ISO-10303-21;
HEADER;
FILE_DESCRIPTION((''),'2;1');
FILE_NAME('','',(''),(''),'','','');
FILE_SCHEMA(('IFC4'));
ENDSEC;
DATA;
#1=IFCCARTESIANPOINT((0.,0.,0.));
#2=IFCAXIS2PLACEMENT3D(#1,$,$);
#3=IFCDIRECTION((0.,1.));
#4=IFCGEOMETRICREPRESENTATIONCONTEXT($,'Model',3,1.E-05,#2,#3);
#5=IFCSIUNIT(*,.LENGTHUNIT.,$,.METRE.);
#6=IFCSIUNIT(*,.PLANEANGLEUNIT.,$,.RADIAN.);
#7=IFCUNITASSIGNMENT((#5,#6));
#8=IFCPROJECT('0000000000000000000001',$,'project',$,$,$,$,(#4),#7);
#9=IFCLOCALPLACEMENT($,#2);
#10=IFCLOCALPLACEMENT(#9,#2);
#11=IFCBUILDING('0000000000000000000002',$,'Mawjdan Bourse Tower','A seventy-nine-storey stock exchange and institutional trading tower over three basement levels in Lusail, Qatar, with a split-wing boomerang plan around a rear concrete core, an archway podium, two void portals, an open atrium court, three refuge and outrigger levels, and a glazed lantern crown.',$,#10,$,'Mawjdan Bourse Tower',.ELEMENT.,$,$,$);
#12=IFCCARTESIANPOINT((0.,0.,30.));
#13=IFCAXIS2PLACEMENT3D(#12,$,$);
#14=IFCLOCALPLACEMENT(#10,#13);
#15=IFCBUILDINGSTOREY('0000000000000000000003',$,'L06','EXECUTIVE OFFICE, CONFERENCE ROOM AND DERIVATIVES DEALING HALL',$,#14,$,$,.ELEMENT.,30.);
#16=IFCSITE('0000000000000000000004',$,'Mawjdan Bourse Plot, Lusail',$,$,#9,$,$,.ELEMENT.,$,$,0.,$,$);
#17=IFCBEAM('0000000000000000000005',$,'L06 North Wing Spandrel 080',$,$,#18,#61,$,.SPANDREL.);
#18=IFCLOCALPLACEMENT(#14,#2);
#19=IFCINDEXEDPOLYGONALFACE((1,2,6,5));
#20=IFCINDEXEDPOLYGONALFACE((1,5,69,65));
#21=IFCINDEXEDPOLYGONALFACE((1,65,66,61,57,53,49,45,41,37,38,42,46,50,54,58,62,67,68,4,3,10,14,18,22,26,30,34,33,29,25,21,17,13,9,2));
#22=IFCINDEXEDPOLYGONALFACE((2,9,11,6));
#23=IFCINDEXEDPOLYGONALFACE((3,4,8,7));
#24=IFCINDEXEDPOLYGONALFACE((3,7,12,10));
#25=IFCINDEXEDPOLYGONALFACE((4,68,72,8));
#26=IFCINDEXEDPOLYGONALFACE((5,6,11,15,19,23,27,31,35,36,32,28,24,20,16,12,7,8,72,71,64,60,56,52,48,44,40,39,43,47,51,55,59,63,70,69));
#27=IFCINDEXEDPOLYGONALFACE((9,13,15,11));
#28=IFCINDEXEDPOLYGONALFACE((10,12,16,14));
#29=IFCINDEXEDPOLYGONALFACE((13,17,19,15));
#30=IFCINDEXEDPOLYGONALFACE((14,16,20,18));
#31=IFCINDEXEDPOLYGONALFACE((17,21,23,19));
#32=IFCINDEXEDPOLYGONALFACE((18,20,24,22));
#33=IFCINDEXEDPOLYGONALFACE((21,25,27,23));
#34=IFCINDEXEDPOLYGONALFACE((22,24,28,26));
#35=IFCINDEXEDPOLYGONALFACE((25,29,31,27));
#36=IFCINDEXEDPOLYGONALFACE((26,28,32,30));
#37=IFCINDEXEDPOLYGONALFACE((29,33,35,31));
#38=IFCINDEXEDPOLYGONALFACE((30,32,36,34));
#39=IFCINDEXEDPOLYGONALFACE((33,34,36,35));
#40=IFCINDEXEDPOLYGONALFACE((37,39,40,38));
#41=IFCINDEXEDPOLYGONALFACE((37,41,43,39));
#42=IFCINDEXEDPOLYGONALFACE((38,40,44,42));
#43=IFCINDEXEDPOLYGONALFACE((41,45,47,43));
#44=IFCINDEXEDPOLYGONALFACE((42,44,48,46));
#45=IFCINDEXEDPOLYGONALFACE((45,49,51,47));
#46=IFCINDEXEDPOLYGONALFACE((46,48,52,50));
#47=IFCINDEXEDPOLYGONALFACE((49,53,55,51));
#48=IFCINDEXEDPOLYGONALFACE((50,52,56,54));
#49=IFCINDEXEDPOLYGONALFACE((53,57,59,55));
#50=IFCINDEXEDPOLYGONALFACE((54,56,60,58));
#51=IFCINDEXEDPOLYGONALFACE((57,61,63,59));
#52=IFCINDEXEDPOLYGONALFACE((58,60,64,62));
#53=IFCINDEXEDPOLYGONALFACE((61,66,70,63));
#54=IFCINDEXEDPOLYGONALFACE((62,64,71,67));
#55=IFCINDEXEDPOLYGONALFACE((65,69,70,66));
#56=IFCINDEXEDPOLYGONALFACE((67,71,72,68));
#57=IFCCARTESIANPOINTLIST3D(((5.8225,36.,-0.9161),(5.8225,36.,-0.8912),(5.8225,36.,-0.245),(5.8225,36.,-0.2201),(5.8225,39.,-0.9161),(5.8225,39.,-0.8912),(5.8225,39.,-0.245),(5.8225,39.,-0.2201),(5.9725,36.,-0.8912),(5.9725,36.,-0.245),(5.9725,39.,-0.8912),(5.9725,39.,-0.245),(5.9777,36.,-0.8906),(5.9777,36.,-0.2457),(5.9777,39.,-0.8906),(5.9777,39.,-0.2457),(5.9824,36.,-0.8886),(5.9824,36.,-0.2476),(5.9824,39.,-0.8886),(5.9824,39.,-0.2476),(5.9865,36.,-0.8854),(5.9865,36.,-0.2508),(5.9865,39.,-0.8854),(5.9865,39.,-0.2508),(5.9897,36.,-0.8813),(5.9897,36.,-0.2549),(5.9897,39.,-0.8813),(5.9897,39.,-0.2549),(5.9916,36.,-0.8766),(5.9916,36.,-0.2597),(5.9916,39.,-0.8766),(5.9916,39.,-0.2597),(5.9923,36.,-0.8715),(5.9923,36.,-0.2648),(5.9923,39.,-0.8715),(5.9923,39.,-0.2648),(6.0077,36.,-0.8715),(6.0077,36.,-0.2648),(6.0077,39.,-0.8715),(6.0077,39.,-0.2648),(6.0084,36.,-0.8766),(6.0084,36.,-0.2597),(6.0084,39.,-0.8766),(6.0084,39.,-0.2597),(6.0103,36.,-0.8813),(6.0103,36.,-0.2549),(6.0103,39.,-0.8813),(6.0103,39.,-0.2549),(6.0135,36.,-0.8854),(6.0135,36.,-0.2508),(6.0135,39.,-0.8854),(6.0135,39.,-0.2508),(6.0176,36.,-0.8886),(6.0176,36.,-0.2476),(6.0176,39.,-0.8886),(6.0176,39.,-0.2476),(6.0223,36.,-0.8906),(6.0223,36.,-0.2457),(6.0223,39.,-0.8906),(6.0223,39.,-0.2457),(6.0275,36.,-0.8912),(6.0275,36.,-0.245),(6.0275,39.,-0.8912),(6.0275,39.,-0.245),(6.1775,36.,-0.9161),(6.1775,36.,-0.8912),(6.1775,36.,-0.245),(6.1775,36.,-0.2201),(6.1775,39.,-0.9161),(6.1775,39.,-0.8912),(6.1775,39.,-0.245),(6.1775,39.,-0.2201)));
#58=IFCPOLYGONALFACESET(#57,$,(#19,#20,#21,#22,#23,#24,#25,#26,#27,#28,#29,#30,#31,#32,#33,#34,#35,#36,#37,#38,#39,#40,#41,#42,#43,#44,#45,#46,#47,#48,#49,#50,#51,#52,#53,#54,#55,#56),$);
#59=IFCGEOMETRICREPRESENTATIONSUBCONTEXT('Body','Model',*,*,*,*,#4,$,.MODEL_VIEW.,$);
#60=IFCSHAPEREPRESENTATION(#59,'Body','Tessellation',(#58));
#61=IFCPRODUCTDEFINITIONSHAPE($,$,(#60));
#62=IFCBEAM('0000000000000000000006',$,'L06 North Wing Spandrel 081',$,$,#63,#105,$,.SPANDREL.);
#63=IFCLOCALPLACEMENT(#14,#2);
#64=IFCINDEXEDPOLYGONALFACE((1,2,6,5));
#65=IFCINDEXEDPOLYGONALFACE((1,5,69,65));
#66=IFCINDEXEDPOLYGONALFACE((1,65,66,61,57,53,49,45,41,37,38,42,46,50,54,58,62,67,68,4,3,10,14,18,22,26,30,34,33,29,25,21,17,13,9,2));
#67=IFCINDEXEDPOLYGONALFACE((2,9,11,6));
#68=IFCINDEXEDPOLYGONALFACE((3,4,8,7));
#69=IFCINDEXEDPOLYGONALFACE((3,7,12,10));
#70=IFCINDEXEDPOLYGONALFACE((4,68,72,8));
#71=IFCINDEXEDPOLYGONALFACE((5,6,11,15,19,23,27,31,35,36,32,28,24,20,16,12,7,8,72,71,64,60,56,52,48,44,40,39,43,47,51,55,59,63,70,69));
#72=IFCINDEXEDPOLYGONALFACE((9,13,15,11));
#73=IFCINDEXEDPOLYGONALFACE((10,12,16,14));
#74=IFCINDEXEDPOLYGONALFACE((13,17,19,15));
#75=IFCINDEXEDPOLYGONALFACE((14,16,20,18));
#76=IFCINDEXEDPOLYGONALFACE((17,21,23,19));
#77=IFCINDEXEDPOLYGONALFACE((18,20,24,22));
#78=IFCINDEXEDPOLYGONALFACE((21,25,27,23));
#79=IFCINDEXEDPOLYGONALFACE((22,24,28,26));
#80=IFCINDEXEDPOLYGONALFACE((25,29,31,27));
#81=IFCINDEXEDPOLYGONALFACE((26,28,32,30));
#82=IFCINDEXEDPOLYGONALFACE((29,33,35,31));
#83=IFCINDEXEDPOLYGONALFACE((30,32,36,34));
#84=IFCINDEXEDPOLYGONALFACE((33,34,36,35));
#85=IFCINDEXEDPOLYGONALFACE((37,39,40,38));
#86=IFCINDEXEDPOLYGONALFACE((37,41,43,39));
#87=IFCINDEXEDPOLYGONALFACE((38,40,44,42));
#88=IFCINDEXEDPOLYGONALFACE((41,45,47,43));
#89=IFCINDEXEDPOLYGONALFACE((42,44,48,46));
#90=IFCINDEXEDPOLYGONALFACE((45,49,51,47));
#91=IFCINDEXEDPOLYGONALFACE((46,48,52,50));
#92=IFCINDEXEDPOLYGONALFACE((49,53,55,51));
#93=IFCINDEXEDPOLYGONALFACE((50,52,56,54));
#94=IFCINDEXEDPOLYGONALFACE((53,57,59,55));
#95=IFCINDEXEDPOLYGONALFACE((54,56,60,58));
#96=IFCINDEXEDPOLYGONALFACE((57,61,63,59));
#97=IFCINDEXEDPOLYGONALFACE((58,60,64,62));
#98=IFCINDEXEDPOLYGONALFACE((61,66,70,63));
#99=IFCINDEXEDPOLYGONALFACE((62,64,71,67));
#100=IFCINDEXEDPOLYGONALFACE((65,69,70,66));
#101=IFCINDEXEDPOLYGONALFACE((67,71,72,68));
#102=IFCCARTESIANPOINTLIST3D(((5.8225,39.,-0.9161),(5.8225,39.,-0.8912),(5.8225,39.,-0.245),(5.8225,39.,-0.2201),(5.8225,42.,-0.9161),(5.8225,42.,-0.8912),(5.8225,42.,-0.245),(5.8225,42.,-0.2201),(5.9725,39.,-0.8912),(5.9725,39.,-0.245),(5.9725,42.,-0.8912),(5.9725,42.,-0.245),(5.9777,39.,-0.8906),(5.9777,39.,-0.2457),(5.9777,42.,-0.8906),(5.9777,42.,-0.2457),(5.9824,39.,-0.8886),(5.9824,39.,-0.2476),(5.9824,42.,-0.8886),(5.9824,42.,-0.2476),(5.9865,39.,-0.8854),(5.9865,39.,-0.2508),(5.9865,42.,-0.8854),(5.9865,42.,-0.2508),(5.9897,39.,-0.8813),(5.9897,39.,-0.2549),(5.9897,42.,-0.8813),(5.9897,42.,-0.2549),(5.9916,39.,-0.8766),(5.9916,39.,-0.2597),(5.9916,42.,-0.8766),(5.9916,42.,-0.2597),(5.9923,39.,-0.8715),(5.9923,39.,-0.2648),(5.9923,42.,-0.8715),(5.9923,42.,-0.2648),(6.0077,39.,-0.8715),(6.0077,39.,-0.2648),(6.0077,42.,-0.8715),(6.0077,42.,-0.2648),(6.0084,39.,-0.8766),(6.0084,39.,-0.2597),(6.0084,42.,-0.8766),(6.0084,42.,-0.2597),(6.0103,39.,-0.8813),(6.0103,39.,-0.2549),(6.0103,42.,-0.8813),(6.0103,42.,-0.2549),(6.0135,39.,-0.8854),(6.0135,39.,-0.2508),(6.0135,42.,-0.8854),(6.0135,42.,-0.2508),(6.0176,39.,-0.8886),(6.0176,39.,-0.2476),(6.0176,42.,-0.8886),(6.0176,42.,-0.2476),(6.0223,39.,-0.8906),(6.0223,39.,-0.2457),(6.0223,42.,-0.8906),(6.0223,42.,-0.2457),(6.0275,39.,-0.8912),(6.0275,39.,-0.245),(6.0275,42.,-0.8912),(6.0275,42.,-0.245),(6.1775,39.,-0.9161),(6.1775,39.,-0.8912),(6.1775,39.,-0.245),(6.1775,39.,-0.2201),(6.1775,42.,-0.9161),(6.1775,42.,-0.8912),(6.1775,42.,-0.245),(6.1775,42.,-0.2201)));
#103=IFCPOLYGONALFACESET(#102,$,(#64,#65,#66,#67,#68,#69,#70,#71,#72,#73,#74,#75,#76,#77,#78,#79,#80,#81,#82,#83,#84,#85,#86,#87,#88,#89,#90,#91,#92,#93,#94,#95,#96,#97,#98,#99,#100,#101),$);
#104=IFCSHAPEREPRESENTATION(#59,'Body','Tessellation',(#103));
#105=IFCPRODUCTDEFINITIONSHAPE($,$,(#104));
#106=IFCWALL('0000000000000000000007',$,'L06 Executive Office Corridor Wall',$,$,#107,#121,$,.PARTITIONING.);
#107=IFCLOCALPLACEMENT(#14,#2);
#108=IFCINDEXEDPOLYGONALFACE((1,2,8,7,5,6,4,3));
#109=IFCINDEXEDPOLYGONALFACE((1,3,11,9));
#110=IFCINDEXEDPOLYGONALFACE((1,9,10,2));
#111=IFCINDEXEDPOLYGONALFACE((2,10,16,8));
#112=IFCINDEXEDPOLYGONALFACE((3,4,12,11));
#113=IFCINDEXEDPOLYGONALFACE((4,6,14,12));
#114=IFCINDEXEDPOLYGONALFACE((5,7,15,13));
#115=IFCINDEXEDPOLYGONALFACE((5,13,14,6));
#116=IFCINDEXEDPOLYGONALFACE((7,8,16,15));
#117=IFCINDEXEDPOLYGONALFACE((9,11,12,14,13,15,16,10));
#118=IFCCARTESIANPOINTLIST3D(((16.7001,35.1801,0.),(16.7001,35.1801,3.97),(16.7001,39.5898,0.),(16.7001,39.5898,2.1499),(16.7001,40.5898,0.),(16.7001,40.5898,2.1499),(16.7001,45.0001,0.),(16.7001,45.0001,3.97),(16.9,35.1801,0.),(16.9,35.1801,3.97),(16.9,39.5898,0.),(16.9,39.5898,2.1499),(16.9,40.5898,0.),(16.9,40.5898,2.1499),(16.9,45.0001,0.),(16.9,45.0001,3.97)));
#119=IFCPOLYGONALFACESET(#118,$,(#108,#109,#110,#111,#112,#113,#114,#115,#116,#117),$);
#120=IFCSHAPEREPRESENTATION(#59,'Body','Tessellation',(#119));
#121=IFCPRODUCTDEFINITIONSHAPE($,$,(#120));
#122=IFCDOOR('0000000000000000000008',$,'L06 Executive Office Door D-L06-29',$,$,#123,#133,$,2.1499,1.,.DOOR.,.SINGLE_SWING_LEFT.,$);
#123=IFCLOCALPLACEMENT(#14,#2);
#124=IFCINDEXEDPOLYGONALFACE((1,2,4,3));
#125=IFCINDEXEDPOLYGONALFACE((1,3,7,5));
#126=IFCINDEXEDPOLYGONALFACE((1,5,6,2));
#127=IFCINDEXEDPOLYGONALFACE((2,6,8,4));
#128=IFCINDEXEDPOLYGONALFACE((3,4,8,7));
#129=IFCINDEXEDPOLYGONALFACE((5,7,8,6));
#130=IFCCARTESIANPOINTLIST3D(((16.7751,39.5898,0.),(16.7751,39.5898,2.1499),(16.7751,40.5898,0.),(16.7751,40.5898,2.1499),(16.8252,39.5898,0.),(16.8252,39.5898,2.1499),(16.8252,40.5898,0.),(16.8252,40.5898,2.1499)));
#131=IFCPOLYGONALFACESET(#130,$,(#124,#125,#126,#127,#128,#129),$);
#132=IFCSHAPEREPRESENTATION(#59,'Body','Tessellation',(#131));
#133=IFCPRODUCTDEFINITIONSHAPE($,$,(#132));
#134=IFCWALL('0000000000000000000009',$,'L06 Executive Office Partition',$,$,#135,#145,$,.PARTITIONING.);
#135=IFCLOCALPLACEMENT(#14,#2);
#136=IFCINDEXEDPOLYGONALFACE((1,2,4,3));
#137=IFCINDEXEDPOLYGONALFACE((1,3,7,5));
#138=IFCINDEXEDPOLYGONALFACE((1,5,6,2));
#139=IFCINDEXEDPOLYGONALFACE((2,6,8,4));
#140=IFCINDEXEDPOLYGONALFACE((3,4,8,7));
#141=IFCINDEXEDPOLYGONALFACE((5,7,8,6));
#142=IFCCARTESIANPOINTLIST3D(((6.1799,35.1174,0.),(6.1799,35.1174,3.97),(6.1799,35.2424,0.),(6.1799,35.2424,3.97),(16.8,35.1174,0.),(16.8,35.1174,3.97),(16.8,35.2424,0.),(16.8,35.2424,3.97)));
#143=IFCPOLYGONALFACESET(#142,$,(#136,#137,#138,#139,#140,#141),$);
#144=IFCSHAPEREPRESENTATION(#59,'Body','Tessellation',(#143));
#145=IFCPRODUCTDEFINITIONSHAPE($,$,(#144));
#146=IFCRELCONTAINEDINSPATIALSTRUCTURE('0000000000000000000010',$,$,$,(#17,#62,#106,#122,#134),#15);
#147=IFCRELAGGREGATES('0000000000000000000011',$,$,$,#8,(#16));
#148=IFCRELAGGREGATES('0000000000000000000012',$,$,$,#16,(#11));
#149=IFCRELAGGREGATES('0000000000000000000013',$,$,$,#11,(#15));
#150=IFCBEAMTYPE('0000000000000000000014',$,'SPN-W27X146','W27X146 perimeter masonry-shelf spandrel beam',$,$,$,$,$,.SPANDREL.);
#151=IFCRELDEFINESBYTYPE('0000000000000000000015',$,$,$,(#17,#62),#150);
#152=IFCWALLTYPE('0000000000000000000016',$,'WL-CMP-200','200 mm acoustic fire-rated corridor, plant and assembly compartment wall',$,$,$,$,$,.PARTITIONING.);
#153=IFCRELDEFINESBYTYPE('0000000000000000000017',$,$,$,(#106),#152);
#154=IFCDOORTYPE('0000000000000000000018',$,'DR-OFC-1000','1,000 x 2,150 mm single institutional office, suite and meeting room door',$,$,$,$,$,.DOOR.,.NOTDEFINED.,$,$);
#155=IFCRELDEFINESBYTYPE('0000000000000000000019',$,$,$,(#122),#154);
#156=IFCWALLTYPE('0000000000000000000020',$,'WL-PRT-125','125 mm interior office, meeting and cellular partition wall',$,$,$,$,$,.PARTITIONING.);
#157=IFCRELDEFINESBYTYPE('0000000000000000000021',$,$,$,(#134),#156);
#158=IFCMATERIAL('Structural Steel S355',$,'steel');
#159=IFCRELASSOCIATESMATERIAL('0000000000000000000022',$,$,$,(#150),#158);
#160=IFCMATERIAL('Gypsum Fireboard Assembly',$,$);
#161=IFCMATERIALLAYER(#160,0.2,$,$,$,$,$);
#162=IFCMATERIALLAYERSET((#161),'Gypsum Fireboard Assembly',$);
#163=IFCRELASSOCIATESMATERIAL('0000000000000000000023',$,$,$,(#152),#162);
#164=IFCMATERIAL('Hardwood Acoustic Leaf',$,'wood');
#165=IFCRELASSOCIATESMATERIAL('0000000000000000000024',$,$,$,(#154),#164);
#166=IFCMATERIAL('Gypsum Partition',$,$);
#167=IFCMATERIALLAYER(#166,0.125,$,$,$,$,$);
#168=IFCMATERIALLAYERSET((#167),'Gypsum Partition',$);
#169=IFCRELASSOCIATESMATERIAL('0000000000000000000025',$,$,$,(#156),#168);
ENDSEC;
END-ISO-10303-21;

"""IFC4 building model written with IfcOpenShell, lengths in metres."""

from ifc_helpers import new_model, si_unit, direction, frame, frame_2d, origin, origin_2d, place, context, subcontext, project, spatial, rectangle, i_section, extrude, material, layer, layer_set, material_profile, profile_set, type_object, element, fill, save


model = new_model("IFC4")

# Units and contexts
model_context = context("Model", 3, precision=1e-05, world=origin(), true_north=direction((0.0, 1.0)))
body_context = subcontext(model_context, "Body", "Model", "MODEL_VIEW")
ifc_project = project(units=[si_unit("LENGTHUNIT", "METRE"), si_unit("PLANEANGLEUNIT", "RADIAN")], contexts=[model_context])

# Site, building, storey
site_placement = place(None, origin())
site = spatial("IfcSite", under=ifc_project, at=site_placement, Name="Mawjdan Bourse Plot, Lusail", CompositionType="ELEMENT", RefElevation=0.0)
building_placement = place(site_placement, origin())
building = spatial("IfcBuilding", under=site, at=building_placement, Name="Mawjdan Bourse Tower", Description="A seventy-nine-storey stock exchange and institutional trading tower over three basement levels in Lusail, Qatar, with a split-wing boomerang plan around a rear concrete core, an archway podium, two void portals, an open atrium court, three refuge and outrigger levels, and a glazed lantern crown.", LongName="Mawjdan Bourse Tower", CompositionType="ELEMENT")
storey_placement = place(building_placement, frame((0.0, 0.0, 30.0)))
storey = spatial("IfcBuildingStorey", under=building, at=storey_placement, Name="L06", Description="EXECUTIVE OFFICE, CONFERENCE ROOM AND DERIVATIVES DEALING HALL", CompositionType="ELEMENT", Elevation=30.0)

# Beams
ifc_material_1 = material(Name="Structural Steel S355", Category="steel")
ifc_material_profile_1 = material_profile(ifc_material_1, i_section(OverallWidth=0.355, OverallDepth=0.696, WebThickness=0.0154, FlangeThickness=0.0249, FilletRadius=0.0198, at=origin_2d()), Name="W27X146")
ifc_profile_set_1 = profile_set([ifc_material_profile_1], Name="Structural Steel S355")
beam_type_1 = type_object("IfcBeamType", Name="SPN-W27X146", Description="W27X146 perimeter masonry-shelf spandrel beam", PredefinedType="SPANDREL", material=ifc_profile_set_1)
for number, where, z_axis, x_axis, name in (
    (1, (6.0, 36.0, -0.5681), (0.0, 1.0, 0.0), (-1.0, 0.0, 0.0), "L06 North Wing Spandrel 080"),
    (2, (6.0, 39.0, -0.5681), (0.0, 1.0, 0.0), (-1.0, 0.0, 0.0), "L06 North Wing Spandrel 081"),
):
    element("IfcBeam", number, at=place(storey_placement, frame(where, z_axis=z_axis, x_axis=x_axis)), inside=storey, type_object=beam_type_1, Name=name, PredefinedType="SPANDREL", context=body_context, shape_type="SweptSolid", body=[
        extrude(i_section(OverallWidth=0.355, OverallDepth=0.696, WebThickness=0.0154, FlangeThickness=0.0249, FilletRadius=0.0198, at=origin_2d()), origin(), (0.0, 0.0, 1.0), 3.0),
    ])

# Wall, opening, door
ifc_material_2 = material(Name="Gypsum Fireboard Assembly")
ifc_layer_1 = layer(ifc_material_2, 0.2)
ifc_layer_set_1 = layer_set([ifc_layer_1], Name="Gypsum Fireboard Assembly")
wall_type_1 = type_object("IfcWallType", Name="WL-CMP-200", Description="200 mm acoustic fire-rated corridor, plant and assembly compartment wall", PredefinedType="PARTITIONING", material=ifc_layer_set_1)
wall_1_placement = place(storey_placement, frame((16.8, 35.1799, 0.0), z_axis=(0.0, 0.0, 1.0), x_axis=(0.0, 1.0, 0.0)))
wall_1 = element("IfcWall", 3, at=wall_1_placement, inside=storey, type_object=wall_type_1, Name="L06 Executive Office Corridor Wall", PredefinedType="PARTITIONING", context=body_context, shape_type="SweptSolid", body=[
    extrude(rectangle(XDim=9.8201, YDim=0.2, at=frame_2d((4.9102, 0.0))), origin(), (0.0, 0.0, 1.0), 3.97),
])
opening_placement = place(wall_1_placement, frame((4.4099, 0.0, 0.0)))
opening = element("IfcOpeningElement", 4, at=opening_placement, cuts=wall_1, PredefinedType="OPENING", context=body_context, shape_type="SweptSolid", body=[
    extrude(rectangle(XDim=1.0, YDim=2.1499, at=frame_2d((0.5, 1.075))), frame((0.0, 0.1099, 0.0), z_axis=(0.0, -1.0, 0.0), x_axis=(1.0, 0.0, 0.0)), (0.0, 0.0, 1.0), 0.22),
])
ifc_material_3 = material(Name="Hardwood Acoustic Leaf", Category="wood")
door_type = type_object("IfcDoorType", Name="DR-OFC-1000", Description="1,000 x 2,150 mm single institutional office, suite and meeting room door", OperationType="NOTDEFINED", PredefinedType="DOOR", material=ifc_material_3)
door_placement = place(opening_placement, origin())
door = element("IfcDoor", 5, at=door_placement, inside=storey, type_object=door_type, Name="L06 Executive Office Door D-L06-29", OperationType="SINGLE_SWING_LEFT", OverallHeight=2.1499, OverallWidth=1.0, PredefinedType="DOOR", context=body_context, shape_type="SweptSolid", body=[
    extrude(rectangle(XDim=1.0, YDim=2.1499, at=frame_2d((0.5, 1.075))), frame((0.0, 0.0249, 0.0), z_axis=(0.0, -1.0, 0.0), x_axis=(1.0, 0.0, 0.0)), (0.0, 0.0, 1.0), 0.05),
])
fill(opening, door)

# Wall
ifc_material_4 = material(Name="Gypsum Partition")
ifc_layer_2 = layer(ifc_material_4, 0.125)
ifc_layer_set_2 = layer_set([ifc_layer_2], Name="Gypsum Partition")
wall_type_2 = type_object("IfcWallType", Name="WL-PRT-125", Description="125 mm interior office, meeting and cellular partition wall", PredefinedType="PARTITIONING", material=ifc_layer_set_2)
wall_2_placement = place(storey_placement, frame((6.1799, 35.1799, 0.0), z_axis=(0.0, 0.0, 1.0), x_axis=(1.0, 0.0, 0.0)))
element("IfcWall", 6, at=wall_2_placement, inside=storey, type_object=wall_type_2, Name="L06 Executive Office Partition", PredefinedType="PARTITIONING", context=body_context, shape_type="SweptSolid", body=[
    extrude(rectangle(XDim=10.6201, YDim=0.125, at=frame_2d((5.3101, 0.0))), origin(), (0.0, 0.0, 1.0), 3.97),
])

save(model, "model.ifc")
